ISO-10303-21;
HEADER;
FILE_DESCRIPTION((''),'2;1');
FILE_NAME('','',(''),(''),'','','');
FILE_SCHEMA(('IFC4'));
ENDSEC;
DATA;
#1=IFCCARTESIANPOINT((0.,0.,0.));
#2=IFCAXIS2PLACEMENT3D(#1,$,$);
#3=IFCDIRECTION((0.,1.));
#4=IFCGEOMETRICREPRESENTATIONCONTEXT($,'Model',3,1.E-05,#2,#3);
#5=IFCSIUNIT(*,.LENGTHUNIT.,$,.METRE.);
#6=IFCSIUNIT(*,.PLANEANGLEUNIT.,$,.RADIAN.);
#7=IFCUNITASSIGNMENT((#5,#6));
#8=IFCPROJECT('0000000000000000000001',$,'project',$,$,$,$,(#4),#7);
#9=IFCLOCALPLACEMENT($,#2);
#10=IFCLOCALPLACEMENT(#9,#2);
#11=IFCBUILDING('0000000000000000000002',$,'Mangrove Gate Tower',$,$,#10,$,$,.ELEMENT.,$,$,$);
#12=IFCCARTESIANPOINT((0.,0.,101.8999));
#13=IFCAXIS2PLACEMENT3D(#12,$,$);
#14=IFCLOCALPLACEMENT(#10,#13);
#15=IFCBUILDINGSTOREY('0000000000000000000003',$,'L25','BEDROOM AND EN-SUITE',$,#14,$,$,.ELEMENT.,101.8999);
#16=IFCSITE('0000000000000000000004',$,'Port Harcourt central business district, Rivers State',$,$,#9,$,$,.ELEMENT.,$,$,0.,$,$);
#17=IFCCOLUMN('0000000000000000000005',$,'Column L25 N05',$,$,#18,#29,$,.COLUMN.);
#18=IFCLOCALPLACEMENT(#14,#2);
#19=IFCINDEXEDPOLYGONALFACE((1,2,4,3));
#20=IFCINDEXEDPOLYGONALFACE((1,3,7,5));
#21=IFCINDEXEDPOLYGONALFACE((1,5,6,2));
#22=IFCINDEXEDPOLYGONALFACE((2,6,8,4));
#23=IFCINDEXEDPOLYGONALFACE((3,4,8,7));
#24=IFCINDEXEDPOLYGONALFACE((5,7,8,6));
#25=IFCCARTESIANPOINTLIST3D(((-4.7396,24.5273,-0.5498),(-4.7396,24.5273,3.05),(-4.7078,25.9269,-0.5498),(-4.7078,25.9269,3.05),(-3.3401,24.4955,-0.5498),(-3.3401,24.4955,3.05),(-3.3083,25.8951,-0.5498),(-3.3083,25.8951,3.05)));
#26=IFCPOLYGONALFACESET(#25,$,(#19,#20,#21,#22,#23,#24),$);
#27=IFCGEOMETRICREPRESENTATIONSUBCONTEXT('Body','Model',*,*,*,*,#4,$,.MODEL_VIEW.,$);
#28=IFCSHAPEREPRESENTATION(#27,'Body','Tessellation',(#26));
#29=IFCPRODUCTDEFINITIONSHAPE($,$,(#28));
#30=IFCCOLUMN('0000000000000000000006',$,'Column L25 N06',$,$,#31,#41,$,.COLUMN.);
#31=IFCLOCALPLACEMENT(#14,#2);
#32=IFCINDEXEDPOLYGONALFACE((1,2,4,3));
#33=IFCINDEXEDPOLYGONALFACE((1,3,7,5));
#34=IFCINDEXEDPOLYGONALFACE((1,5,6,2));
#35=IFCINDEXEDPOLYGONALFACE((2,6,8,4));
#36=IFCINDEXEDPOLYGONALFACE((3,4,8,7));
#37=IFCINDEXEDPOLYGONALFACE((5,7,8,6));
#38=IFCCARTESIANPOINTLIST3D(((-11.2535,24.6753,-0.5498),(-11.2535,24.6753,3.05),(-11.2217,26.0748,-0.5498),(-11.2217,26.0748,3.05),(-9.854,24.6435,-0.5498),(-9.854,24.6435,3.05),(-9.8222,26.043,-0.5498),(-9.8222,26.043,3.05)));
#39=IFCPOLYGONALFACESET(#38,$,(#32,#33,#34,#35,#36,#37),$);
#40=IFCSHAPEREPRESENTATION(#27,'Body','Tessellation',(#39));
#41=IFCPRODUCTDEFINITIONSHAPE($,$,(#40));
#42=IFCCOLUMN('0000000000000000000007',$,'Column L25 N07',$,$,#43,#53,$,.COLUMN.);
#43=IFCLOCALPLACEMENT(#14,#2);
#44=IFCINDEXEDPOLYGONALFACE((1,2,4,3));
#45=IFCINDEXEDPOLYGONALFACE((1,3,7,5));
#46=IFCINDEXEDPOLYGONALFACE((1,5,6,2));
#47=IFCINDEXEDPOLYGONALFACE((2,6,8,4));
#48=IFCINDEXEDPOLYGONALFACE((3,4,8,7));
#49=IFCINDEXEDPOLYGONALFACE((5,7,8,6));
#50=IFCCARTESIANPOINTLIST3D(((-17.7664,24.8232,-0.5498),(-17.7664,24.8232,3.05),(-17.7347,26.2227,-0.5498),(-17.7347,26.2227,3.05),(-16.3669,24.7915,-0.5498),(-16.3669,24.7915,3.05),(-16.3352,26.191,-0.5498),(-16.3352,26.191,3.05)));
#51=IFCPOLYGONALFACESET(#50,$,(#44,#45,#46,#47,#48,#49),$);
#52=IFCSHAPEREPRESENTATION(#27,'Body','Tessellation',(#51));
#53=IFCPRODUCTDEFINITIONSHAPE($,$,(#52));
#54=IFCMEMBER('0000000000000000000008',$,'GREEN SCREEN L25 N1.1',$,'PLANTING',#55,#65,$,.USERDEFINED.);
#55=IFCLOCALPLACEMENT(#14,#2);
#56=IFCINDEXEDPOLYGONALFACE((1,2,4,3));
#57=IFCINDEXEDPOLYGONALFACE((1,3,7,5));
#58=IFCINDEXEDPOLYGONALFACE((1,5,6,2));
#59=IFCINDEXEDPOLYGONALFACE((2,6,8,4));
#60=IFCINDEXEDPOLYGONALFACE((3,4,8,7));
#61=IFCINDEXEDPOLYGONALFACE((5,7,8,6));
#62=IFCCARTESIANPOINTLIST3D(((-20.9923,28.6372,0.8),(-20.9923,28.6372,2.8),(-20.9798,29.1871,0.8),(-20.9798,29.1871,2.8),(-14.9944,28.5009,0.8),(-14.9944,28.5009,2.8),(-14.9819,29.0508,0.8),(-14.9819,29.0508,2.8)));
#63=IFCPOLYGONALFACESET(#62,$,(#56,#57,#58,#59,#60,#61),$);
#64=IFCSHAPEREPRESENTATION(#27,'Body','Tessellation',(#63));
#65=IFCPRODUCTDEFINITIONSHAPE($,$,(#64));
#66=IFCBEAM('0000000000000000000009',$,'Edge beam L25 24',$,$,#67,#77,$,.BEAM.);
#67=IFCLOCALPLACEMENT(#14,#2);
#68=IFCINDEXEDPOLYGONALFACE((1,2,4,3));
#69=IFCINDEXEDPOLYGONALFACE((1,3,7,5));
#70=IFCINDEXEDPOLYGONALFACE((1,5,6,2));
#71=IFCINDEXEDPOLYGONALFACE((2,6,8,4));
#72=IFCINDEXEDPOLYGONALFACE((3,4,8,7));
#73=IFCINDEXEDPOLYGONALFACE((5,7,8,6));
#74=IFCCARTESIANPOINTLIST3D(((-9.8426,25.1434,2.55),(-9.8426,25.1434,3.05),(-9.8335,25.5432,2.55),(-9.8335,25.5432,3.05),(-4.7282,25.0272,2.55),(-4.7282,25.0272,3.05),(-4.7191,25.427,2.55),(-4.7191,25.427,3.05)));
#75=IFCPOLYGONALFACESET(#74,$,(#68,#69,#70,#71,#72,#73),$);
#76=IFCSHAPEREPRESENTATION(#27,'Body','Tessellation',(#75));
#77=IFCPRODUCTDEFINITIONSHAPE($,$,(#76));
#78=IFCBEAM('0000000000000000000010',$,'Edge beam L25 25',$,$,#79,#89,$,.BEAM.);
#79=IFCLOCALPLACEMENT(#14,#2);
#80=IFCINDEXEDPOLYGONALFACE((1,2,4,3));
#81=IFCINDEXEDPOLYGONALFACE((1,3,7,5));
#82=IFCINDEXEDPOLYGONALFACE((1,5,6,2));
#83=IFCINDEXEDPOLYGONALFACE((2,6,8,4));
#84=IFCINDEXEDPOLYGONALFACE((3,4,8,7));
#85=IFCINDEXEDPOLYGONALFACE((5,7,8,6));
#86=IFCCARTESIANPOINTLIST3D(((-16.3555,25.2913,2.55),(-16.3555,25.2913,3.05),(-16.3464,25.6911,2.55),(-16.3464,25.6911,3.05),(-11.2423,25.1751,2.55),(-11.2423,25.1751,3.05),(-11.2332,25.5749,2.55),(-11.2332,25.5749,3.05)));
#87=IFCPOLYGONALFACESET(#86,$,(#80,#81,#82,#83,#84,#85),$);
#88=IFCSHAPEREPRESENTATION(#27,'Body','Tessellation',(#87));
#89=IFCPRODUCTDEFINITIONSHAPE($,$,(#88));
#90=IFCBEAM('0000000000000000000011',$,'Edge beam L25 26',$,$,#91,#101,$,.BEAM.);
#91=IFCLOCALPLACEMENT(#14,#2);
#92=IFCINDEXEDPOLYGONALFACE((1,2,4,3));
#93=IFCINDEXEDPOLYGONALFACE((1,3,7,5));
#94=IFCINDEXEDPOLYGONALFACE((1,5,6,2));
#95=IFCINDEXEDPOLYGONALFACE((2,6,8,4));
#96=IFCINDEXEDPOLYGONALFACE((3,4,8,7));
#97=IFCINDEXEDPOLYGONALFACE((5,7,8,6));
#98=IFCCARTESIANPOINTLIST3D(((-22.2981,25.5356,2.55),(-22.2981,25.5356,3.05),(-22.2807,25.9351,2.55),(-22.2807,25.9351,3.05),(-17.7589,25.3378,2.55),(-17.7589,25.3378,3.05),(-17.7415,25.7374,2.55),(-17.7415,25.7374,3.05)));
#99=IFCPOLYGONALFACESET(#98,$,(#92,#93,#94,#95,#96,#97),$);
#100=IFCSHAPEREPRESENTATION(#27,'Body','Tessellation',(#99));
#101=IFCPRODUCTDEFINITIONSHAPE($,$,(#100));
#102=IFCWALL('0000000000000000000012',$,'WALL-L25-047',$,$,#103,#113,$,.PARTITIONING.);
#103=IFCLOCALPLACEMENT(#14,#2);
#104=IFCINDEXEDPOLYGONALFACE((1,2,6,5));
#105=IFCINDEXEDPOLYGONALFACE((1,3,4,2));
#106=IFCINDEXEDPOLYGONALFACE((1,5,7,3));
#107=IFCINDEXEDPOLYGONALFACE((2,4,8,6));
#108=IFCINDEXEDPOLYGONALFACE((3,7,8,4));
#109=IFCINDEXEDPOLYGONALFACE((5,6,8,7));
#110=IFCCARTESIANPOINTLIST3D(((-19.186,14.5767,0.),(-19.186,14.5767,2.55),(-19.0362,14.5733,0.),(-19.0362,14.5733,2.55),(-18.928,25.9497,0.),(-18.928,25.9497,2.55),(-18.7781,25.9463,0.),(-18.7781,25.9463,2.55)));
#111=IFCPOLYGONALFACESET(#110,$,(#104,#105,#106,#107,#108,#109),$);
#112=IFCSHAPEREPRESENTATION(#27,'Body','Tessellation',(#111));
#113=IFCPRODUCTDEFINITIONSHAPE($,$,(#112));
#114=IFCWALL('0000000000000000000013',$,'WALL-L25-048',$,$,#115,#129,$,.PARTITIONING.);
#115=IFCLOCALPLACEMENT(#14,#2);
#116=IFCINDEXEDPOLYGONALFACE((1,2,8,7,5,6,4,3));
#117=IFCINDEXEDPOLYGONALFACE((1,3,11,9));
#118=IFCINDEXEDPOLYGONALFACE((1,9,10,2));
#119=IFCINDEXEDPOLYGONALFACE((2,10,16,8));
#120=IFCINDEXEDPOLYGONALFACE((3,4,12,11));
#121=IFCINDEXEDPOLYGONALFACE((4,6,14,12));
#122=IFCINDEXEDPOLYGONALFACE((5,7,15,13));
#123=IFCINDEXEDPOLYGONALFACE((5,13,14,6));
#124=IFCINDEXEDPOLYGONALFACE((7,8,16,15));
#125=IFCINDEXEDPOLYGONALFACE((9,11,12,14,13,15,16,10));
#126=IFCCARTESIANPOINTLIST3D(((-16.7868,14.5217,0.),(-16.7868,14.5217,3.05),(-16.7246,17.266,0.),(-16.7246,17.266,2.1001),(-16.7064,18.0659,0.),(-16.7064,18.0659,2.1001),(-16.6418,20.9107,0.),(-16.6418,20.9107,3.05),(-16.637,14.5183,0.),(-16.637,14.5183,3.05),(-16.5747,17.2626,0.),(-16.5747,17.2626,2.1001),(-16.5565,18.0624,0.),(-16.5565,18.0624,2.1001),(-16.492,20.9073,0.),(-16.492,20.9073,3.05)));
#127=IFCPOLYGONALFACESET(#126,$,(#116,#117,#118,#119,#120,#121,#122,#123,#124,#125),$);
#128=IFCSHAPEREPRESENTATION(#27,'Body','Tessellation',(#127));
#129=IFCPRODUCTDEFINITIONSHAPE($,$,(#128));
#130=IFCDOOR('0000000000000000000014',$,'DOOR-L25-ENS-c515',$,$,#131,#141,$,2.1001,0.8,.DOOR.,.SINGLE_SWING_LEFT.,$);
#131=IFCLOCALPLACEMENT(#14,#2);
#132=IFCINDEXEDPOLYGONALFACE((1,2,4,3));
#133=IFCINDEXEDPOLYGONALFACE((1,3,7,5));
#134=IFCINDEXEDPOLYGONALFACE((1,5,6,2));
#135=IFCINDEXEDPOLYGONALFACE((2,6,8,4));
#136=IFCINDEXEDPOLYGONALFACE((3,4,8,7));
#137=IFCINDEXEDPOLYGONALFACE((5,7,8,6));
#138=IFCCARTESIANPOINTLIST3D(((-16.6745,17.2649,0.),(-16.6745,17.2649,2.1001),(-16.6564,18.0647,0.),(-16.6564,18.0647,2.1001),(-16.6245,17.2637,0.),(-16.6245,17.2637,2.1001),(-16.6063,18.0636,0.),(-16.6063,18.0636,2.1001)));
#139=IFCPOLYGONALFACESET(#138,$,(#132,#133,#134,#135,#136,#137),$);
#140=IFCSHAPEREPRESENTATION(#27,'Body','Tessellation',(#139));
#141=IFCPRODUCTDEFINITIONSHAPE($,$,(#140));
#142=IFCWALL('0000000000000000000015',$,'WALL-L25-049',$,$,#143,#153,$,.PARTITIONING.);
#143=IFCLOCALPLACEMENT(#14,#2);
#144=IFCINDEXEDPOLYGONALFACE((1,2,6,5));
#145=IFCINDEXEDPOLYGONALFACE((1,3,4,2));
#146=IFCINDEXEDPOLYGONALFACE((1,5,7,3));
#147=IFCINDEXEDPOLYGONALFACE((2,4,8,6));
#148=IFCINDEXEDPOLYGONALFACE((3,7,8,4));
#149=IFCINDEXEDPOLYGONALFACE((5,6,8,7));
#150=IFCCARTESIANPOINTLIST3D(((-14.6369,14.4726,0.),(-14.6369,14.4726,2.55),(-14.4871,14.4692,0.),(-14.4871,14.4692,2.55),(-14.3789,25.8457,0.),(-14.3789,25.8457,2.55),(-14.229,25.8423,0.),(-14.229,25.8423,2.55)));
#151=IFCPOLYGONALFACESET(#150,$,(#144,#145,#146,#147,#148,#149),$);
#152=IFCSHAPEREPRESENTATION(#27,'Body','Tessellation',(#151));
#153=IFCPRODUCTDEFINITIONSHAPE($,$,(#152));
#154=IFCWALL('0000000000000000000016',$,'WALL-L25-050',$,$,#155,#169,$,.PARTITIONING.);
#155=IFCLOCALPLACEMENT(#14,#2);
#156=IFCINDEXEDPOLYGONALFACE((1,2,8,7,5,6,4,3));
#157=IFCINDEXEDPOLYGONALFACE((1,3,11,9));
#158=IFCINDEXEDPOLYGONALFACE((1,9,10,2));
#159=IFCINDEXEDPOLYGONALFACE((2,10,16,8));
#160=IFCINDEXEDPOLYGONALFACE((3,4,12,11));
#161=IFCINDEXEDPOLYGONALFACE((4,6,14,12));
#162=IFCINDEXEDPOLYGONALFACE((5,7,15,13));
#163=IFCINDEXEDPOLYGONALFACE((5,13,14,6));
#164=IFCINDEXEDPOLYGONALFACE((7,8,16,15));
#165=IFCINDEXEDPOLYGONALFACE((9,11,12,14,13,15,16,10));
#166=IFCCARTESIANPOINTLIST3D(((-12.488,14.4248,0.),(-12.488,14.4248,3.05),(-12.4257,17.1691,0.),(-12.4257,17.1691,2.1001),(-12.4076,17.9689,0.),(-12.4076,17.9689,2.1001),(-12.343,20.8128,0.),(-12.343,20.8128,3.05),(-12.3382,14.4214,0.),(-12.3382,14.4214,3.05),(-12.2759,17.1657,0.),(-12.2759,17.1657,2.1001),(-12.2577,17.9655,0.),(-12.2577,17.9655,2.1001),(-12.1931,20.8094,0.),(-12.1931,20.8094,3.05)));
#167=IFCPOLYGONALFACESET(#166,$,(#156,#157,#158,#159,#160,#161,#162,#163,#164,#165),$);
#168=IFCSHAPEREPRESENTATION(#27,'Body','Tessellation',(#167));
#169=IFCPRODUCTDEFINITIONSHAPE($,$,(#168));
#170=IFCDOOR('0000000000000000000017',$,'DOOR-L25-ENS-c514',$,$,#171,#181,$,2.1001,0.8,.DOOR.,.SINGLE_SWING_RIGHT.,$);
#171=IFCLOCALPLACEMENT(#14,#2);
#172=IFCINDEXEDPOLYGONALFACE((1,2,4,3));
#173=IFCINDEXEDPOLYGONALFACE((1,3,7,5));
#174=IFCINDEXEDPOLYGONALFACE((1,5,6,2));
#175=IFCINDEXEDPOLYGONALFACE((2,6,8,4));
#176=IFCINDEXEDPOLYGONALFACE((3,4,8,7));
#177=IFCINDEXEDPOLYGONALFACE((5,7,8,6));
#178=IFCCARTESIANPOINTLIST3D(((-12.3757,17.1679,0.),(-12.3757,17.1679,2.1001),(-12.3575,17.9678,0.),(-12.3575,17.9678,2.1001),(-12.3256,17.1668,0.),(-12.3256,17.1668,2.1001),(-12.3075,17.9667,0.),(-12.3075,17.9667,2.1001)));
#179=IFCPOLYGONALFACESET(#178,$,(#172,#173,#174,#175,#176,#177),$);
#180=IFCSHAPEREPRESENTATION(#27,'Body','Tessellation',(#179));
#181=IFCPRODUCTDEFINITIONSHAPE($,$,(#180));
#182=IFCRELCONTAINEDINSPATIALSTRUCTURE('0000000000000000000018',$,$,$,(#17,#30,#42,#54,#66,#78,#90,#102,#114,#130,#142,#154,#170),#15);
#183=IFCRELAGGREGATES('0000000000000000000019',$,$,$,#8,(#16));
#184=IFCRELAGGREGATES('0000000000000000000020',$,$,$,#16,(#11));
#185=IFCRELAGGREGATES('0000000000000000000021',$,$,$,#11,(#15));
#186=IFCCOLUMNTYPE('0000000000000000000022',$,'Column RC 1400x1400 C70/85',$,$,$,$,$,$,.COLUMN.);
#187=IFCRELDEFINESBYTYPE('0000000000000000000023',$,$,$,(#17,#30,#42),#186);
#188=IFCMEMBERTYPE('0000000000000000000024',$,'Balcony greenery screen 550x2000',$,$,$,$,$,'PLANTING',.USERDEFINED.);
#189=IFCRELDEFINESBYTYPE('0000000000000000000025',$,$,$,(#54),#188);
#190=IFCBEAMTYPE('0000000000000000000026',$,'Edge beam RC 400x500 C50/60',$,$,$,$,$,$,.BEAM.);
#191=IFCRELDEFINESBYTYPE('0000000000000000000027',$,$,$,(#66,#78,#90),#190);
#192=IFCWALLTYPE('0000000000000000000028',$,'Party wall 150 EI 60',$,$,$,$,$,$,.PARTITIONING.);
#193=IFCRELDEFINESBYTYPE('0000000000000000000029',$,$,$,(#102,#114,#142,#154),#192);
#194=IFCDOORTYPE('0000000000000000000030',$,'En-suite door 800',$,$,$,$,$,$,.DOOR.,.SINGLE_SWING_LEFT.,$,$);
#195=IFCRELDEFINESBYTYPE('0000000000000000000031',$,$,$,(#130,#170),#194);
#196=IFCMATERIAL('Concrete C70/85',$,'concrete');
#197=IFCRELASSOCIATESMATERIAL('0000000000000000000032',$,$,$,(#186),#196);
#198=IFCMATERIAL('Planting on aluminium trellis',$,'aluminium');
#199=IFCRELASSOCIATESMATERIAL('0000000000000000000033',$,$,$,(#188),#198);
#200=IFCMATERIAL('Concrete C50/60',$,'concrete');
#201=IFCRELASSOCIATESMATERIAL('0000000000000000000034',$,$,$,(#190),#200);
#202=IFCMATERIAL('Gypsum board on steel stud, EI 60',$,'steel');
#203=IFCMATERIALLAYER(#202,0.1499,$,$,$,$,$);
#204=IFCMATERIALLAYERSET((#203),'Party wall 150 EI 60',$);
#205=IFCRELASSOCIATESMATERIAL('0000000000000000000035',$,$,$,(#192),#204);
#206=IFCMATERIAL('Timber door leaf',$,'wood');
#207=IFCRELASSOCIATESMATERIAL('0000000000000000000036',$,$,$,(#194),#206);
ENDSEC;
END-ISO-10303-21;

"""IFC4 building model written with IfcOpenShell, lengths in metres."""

from ifc_helpers import new_model, si_unit, direction, frame, frame_2d, origin, origin_2d, place, context, subcontext, project, spatial, rectangle, extrude, material, layer, layer_set, material_profile, profile_set, type_object, element, fill, save


model = new_model("IFC4")

# Units and contexts
model_context = context("Model", 3, precision=1e-05, world=origin(), true_north=direction((0.0, 1.0)))
body_context = subcontext(model_context, "Body", "Model", "MODEL_VIEW")
ifc_project = project(units=[si_unit("LENGTHUNIT", "METRE"), si_unit("PLANEANGLEUNIT", "RADIAN")], contexts=[model_context])

# Site, building, storey
site_placement = place(None, origin())
site = spatial("IfcSite", under=ifc_project, at=site_placement, Name="Port Harcourt central business district, Rivers State", CompositionType="ELEMENT", RefElevation=0.0)
building_placement = place(site_placement, origin())
building = spatial("IfcBuilding", under=site, at=building_placement, Name="Mangrove Gate Tower", CompositionType="ELEMENT")
storey_placement = place(building_placement, frame((0.0, 0.0, 101.8999)))
storey = spatial("IfcBuildingStorey", under=building, at=storey_placement, Name="L25", Description="BEDROOM AND EN-SUITE", CompositionType="ELEMENT", Elevation=101.8999)

# Columns
ifc_material_1 = material(Name="Concrete C70/85", Category="concrete")
ifc_material_profile_1 = material_profile(ifc_material_1, rectangle(XDim=1.3999, YDim=1.3999, at=origin_2d()))
ifc_profile_set_1 = profile_set([ifc_material_profile_1], Name="Concrete C70/85")
column_type = type_object("IfcColumnType", Name="Column RC 1400x1400 C70/85", PredefinedType="COLUMN", material=ifc_profile_set_1)
for number, where, z_axis, x_axis, name in (
    (1, (-4.0239, 25.2112, -0.5498), (0.0, 0.0, 1.0), (-0.999742, 0.022714, 0.0), "Column L25 N05"),
    (2, (-10.5378, 25.3591, -0.5498), (0.0, 0.0, 1.0), (-0.999742, 0.022716, 0.0), "Column L25 N06"),
    (3, (-17.0508, 25.5071, -0.5498), (0.0, 0.0, 1.0), (-0.999744, 0.022639, 0.0), "Column L25 N07"),
):
    element("IfcColumn", number, at=place(storey_placement, frame(where, z_axis=z_axis, x_axis=x_axis)), inside=storey, type_object=column_type, Name=name, PredefinedType="COLUMN", context=body_context, shape_type="SweptSolid", body=[
        extrude(rectangle(XDim=1.3999, YDim=1.3999, at=origin_2d()), origin(), (0.0, 0.0, 1.0), 3.5999),
    ])

# Member
ifc_material_2 = material(Name="Planting on aluminium trellis", Category="aluminium")
ifc_material_profile_2 = material_profile(ifc_material_2, rectangle(XDim=0.55, YDim=2.0, at=origin_2d()))
ifc_profile_set_2 = profile_set([ifc_material_profile_2], Name="Planting on aluminium trellis")
member_type = type_object("IfcMemberType", Name="Balcony greenery screen 550x2000", ElementType="PLANTING", PredefinedType="USERDEFINED", material=ifc_profile_set_2)
member_placement = place(storey_placement, frame((-20.9861, 28.9121, 1.8), z_axis=(0.999742, -0.022707, 0.0), x_axis=(0.022707, 0.999742, 0.0)))
element("IfcMember", 4, at=member_placement, inside=storey, type_object=member_type, Name="GREEN SCREEN L25 N1.1", ObjectType="PLANTING", PredefinedType="USERDEFINED", context=body_context, shape_type="SweptSolid", body=[
    extrude(rectangle(XDim=0.55, YDim=2.0, at=origin_2d()), origin(), (0.0, 0.0, 1.0), 5.9995),
])

# Beams
ifc_material_3 = material(Name="Concrete C50/60", Category="concrete")
ifc_material_profile_3 = material_profile(ifc_material_3, rectangle(XDim=0.3999, YDim=0.5, at=origin_2d()))
ifc_profile_set_3 = profile_set([ifc_material_profile_3], Name="Concrete C50/60")
beam_type = type_object("IfcBeamType", Name="Edge beam RC 400x500 C50/60", PredefinedType="BEAM", material=ifc_profile_set_3)
beam_1_placement = place(storey_placement, frame((-4.7236, 25.2271, 2.8), z_axis=(-0.999742, 0.022716, 0.0), x_axis=(-0.022716, -0.999742, 0.0)))
element("IfcBeam", 5, at=beam_1_placement, inside=storey, type_object=beam_type, Name="Edge beam L25 24", PredefinedType="BEAM", context=body_context, shape_type="SweptSolid", body=[
    extrude(rectangle(XDim=0.3999, YDim=0.5, at=origin_2d()), origin(), (0.0, 0.0, 1.0), 5.1157),
])
beam_2_placement = place(storey_placement, frame((-11.2378, 25.375, 2.8), z_axis=(-0.999742, 0.022721, 0.0), x_axis=(-0.022721, -0.999742, 0.0)))
element("IfcBeam", 6, at=beam_2_placement, inside=storey, type_object=beam_type, Name="Edge beam L25 25", PredefinedType="BEAM", context=body_context, shape_type="SweptSolid", body=[
    extrude(rectangle(XDim=0.3999, YDim=0.5, at=origin_2d()), origin(), (0.0, 0.0, 1.0), 5.1145),
])
beam_3_placement = place(storey_placement, frame((-17.7502, 25.5376, 2.8), z_axis=(-0.999052, 0.043526, 0.0), x_axis=(-0.043526, -0.999052, 0.0)))
element("IfcBeam", 7, at=beam_3_placement, inside=storey, type_object=beam_type, Name="Edge beam L25 26", PredefinedType="BEAM", context=body_context, shape_type="SweptSolid", body=[
    extrude(rectangle(XDim=0.3999, YDim=0.5, at=origin_2d()), origin(), (0.0, 0.0, 1.0), 4.5435),
])

# Wall
ifc_material_4 = material(Name="Gypsum board on steel stud, EI 60", Category="steel")
ifc_layer_1 = layer(ifc_material_4, 0.1499)
ifc_layer_set_1 = layer_set([ifc_layer_1], Name="Party wall 150 EI 60")
wall_type_1 = type_object("IfcWallType", Name="Party wall 150 EI 60", PredefinedType="PARTITIONING", material=ifc_layer_set_1)
wall_1_placement = place(storey_placement, frame((-19.1111, 14.575, 0.0), z_axis=(0.0, 0.0, 1.0), x_axis=(0.022684, 0.999743, 0.0)))
element("IfcWall", 8, at=wall_1_placement, inside=storey, type_object=wall_type_1, Name="WALL-L25-047", PredefinedType="PARTITIONING", context=body_context, shape_type="SweptSolid", body=[
    extrude(rectangle(XDim=11.376, YDim=0.1499, at=frame_2d((5.688, 0.0))), origin(), (0.0, 0.0, 1.0), 2.55),
])

# Wall, opening, door
wall_2_placement = place(storey_placement, frame((-16.7119, 14.52, 0.0), z_axis=(0.0, 0.0, 1.0), x_axis=(0.022693, 0.999742, 0.0)))
wall_2 = element("IfcWall", 9, at=wall_2_placement, inside=storey, type_object=wall_type_1, Name="WALL-L25-048", PredefinedType="PARTITIONING", context=body_context, shape_type="SweptSolid", body=[
    extrude(rectangle(XDim=6.3906, YDim=0.1499, at=frame_2d((3.1953, 0.0))), origin(), (0.0, 0.0, 1.0), 3.05),
])
opening_1_placement = place(wall_2_placement, frame((2.7451, 0.0, 0.0)))
opening_1 = element("IfcOpeningElement", 10, at=opening_1_placement, cuts=wall_2, PredefinedType="OPENING", context=body_context, shape_type="SweptSolid", body=[
    extrude(rectangle(XDim=0.8, YDim=2.1001, at=frame_2d((0.3999, 1.05))), frame((0.0, 0.085, 0.0), z_axis=(0.0, -1.0, 0.0), x_axis=(1.0, 0.0, 0.0)), (0.0, 0.0, 1.0), 0.1699),
])
ifc_material_5 = material(Name="Timber door leaf", Category="wood")
door_type = type_object("IfcDoorType", Name="En-suite door 800", OperationType="SINGLE_SWING_LEFT", PredefinedType="DOOR", material=ifc_material_5)
door_1_placement = place(opening_1_placement, origin())
door_1 = element("IfcDoor", 11, at=door_1_placement, inside=storey, type_object=door_type, Name="DOOR-L25-ENS-c515", OperationType="SINGLE_SWING_LEFT", OverallHeight=2.1001, OverallWidth=0.8, PredefinedType="DOOR", context=body_context, shape_type="SweptSolid", body=[
    extrude(rectangle(XDim=0.8, YDim=2.1001, at=frame_2d((0.3999, 1.05))), frame((0.0, 0.0249, 0.0), z_axis=(0.0, -1.0, 0.0), x_axis=(1.0, 0.0, 0.0)), (0.0, 0.0, 1.0), 0.05),
])
fill(opening_1, door_1)

# Wall
wall_3_placement = place(storey_placement, frame((-14.562, 14.4709, 0.0), z_axis=(0.0, 0.0, 1.0), x_axis=(0.022684, 0.999743, 0.0)))
element("IfcWall", 12, at=wall_3_placement, inside=storey, type_object=wall_type_1, Name="WALL-L25-049", PredefinedType="PARTITIONING", context=body_context, shape_type="SweptSolid", body=[
    extrude(rectangle(XDim=11.376, YDim=0.1499, at=frame_2d((5.688, 0.0))), origin(), (0.0, 0.0, 1.0), 2.55),
])

# Wall, opening, door
wall_4_placement = place(storey_placement, frame((-12.4131, 14.4231, 0.0), z_axis=(0.0, 0.0, 1.0), x_axis=(0.022696, 0.999742, 0.0)))
wall_4 = element("IfcWall", 13, at=wall_4_placement, inside=storey, type_object=wall_type_1, Name="WALL-L25-050", PredefinedType="PARTITIONING", context=body_context, shape_type="SweptSolid", body=[
    extrude(rectangle(XDim=6.3896, YDim=0.1499, at=frame_2d((3.1948, 0.0))), origin(), (0.0, 0.0, 1.0), 3.05),
])
opening_2_placement = place(wall_4_placement, frame((2.7451, 0.0, 0.0)))
opening_2 = element("IfcOpeningElement", 14, at=opening_2_placement, cuts=wall_4, PredefinedType="OPENING", context=body_context, shape_type="SweptSolid", body=[
    extrude(rectangle(XDim=0.8, YDim=2.1001, at=frame_2d((0.3999, 1.05))), frame((0.0, 0.085, 0.0), z_axis=(0.0, -1.0, 0.0), x_axis=(1.0, 0.0, 0.0)), (0.0, 0.0, 1.0), 0.1699),
])
door_2_placement = place(opening_2_placement, origin())
door_2 = element("IfcDoor", 15, at=door_2_placement, inside=storey, type_object=door_type, Name="DOOR-L25-ENS-c514", OperationType="SINGLE_SWING_RIGHT", OverallHeight=2.1001, OverallWidth=0.8, PredefinedType="DOOR", context=body_context, shape_type="SweptSolid", body=[
    extrude(rectangle(XDim=0.8, YDim=2.1001, at=frame_2d((0.3999, 1.05))), frame((0.0, 0.0249, 0.0), z_axis=(0.0, -1.0, 0.0), x_axis=(1.0, 0.0, 0.0)), (0.0, 0.0, 1.0), 0.05),
])
fill(opening_2, door_2)

save(model, "model.ifc")
